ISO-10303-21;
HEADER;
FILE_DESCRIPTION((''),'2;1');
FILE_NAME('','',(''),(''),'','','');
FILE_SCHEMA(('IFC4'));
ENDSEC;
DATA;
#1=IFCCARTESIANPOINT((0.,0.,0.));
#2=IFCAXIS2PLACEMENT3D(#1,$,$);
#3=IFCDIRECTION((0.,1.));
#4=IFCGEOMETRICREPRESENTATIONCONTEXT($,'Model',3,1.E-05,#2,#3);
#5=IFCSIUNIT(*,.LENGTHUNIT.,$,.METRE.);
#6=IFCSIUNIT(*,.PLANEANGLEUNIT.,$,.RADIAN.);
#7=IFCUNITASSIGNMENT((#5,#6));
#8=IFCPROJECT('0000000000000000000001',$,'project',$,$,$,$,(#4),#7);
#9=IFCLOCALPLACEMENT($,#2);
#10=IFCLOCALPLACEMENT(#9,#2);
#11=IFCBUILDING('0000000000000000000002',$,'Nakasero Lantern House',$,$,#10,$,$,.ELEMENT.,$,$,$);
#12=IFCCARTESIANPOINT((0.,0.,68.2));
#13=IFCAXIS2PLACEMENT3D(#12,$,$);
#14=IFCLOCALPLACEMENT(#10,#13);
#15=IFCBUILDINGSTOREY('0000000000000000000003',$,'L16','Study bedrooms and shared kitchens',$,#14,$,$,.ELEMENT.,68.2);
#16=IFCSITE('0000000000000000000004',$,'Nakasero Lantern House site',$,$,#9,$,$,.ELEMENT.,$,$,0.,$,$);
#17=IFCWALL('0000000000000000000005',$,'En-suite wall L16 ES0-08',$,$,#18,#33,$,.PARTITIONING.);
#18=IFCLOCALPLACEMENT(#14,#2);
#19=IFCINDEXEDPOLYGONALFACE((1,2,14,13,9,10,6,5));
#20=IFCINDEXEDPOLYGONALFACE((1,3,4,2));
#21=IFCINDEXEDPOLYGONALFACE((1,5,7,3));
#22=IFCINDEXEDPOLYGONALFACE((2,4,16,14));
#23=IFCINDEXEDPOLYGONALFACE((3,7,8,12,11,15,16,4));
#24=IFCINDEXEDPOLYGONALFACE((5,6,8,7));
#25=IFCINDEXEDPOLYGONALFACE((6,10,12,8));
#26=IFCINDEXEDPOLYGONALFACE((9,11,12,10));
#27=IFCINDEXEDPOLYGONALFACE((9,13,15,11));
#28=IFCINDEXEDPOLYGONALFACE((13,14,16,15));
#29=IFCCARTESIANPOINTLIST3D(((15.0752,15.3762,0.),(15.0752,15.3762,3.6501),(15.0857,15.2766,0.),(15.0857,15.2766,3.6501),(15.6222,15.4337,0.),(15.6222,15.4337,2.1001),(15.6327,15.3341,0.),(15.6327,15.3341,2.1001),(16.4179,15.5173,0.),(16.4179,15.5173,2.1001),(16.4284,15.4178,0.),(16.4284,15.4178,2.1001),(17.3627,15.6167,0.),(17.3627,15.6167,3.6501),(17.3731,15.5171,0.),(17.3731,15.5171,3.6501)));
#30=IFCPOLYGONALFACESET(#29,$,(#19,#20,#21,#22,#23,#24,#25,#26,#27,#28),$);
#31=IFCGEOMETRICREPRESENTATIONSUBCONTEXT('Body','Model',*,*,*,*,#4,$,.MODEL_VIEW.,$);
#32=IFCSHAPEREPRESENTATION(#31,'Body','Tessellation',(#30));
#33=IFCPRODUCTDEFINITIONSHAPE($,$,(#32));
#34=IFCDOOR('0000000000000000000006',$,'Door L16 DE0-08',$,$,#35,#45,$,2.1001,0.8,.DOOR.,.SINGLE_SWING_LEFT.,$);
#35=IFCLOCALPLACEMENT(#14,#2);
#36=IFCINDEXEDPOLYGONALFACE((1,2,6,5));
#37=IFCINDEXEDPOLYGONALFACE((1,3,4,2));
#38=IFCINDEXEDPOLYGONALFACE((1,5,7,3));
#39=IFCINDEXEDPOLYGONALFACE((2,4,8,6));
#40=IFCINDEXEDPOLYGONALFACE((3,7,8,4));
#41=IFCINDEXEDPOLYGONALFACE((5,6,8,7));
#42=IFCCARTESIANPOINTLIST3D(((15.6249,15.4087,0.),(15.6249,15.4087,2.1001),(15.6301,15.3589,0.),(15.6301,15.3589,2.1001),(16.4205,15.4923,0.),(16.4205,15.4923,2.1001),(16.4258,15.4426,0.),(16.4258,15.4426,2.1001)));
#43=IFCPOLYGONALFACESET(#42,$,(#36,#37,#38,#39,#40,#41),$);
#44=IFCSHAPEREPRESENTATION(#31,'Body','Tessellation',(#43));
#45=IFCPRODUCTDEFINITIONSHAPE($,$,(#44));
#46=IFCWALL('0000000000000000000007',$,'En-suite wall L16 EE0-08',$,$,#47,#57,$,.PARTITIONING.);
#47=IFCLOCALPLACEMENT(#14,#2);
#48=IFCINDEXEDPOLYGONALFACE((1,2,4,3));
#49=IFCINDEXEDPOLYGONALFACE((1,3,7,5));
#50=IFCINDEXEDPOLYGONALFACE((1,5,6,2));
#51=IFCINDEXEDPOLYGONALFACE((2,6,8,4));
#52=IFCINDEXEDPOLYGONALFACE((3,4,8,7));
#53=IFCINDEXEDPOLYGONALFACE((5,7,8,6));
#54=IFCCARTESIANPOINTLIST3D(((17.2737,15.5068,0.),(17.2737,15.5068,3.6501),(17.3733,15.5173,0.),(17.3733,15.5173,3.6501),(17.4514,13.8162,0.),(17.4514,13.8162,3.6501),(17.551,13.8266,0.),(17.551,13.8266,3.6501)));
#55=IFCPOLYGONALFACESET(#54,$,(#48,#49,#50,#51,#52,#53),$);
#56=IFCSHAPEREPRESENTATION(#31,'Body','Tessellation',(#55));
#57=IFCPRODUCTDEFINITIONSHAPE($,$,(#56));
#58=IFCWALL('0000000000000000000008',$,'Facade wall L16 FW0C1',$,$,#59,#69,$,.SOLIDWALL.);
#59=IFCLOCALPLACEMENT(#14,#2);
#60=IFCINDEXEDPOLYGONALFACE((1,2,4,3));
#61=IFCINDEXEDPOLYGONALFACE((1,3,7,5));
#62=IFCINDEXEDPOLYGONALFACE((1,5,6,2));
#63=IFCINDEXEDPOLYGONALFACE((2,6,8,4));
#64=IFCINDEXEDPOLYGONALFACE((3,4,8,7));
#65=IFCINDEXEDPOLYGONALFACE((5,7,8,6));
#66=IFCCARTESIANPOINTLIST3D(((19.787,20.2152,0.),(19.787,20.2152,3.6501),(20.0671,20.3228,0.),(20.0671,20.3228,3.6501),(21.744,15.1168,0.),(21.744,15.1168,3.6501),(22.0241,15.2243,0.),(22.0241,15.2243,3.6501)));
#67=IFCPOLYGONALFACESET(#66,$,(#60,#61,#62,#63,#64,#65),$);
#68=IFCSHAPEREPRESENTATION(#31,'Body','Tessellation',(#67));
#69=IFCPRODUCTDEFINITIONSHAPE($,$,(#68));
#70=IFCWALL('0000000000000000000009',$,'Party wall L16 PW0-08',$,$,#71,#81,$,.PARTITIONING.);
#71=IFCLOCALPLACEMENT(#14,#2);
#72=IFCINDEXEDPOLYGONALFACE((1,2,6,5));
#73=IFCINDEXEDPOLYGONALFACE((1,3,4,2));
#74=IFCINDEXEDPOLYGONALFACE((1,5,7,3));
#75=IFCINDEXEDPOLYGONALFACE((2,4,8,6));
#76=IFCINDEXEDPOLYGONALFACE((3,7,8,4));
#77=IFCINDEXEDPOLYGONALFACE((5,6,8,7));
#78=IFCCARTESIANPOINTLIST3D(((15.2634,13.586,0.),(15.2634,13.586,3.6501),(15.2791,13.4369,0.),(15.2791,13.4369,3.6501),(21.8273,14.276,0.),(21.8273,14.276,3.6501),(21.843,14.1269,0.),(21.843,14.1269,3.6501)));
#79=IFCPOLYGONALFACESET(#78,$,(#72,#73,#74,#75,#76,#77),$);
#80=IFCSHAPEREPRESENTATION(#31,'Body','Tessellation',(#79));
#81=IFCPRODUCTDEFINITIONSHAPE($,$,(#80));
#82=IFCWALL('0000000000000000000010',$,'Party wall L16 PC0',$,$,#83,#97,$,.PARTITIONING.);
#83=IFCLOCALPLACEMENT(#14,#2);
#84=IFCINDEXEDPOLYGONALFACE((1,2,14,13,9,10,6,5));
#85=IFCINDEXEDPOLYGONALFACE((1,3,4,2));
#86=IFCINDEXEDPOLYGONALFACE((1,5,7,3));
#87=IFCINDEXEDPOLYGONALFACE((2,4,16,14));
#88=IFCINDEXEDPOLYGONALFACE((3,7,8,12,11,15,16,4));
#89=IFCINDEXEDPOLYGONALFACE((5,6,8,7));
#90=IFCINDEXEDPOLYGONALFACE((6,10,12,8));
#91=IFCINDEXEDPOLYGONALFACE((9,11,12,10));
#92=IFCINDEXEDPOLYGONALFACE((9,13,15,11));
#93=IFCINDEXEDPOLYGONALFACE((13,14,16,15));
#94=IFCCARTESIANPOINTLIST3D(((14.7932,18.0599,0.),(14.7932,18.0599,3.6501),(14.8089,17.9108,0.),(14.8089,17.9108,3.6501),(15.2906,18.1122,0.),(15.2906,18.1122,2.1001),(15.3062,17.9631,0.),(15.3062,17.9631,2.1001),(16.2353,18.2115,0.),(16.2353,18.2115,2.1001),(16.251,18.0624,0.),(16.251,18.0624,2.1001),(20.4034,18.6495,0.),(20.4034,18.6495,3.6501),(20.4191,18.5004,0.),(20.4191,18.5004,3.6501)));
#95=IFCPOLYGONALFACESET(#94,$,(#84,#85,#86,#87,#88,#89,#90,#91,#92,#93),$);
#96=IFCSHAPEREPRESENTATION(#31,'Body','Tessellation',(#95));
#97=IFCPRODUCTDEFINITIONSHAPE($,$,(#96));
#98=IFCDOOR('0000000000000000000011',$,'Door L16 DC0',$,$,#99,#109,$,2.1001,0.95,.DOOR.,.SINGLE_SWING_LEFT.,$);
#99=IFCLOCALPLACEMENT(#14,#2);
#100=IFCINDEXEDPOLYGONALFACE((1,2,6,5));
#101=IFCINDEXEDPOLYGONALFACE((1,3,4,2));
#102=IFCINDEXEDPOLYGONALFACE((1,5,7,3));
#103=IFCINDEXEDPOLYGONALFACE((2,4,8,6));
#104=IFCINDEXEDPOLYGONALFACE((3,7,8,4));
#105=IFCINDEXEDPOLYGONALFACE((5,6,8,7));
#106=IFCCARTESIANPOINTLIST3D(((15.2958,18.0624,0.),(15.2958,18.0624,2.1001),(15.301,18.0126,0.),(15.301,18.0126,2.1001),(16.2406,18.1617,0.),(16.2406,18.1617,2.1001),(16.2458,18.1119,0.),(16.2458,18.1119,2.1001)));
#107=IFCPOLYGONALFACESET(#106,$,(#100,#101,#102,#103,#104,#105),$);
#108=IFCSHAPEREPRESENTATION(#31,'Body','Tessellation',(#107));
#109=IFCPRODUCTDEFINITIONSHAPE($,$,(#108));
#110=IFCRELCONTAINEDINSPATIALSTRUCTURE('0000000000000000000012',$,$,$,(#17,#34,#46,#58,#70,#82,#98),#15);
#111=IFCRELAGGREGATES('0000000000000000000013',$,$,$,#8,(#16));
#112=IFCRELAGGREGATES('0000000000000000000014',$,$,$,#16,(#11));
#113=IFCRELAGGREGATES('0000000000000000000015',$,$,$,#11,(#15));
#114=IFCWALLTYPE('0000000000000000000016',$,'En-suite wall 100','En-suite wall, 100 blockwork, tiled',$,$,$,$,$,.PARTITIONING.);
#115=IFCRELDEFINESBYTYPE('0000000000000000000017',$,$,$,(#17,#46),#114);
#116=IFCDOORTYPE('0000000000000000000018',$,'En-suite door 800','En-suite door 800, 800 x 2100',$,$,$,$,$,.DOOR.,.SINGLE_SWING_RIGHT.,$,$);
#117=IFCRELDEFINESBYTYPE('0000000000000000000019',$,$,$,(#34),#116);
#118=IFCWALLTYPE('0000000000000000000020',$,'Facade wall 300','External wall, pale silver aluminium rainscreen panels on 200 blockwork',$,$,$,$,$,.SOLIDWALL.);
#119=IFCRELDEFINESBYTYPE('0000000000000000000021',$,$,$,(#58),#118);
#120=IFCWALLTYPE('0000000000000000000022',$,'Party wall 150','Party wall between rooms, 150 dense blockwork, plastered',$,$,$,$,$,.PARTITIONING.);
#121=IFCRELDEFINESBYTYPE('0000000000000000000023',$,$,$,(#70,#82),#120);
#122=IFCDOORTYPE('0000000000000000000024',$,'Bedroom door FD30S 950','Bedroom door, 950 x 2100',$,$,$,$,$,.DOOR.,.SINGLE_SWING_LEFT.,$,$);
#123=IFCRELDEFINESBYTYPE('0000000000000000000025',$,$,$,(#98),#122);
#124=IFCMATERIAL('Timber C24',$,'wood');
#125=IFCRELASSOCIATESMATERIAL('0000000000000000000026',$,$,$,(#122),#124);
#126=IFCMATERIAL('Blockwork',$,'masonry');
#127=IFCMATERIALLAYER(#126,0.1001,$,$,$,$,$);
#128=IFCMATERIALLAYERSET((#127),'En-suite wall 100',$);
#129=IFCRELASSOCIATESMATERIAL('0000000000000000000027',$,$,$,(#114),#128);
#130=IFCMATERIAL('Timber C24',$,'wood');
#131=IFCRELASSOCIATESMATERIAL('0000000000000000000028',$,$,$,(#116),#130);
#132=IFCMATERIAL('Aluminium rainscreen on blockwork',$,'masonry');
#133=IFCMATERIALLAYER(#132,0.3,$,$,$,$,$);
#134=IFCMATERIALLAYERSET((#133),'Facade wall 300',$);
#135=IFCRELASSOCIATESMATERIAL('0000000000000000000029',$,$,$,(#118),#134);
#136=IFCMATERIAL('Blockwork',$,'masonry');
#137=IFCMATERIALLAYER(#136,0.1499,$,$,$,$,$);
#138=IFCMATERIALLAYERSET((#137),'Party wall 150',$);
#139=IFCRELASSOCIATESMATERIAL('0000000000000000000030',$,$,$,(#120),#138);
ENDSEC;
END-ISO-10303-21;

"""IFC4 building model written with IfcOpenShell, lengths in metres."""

from ifc_helpers import new_model, si_unit, direction, frame, frame_2d, origin, place, context, subcontext, project, spatial, rectangle, extrude, material, layer, layer_set, type_object, element, fill, save


model = new_model("IFC4")

# Units and contexts
model_context = context("Model", 3, precision=1e-05, world=origin(), true_north=direction((0.0, 1.0)))
body_context = subcontext(model_context, "Body", "Model", "MODEL_VIEW")
ifc_project = project(units=[si_unit("LENGTHUNIT", "METRE"), si_unit("PLANEANGLEUNIT", "RADIAN")], contexts=[model_context])

# Site, building, storey
site_placement = place(None, origin())
site = spatial("IfcSite", under=ifc_project, at=site_placement, Name="Nakasero Lantern House site", CompositionType="ELEMENT", RefElevation=0.0)
building_placement = place(site_placement, origin())
building = spatial("IfcBuilding", under=site, at=building_placement, Name="Nakasero Lantern House", CompositionType="ELEMENT")
storey_placement = place(building_placement, frame((0.0, 0.0, 68.2)))
storey = spatial("IfcBuildingStorey", under=building, at=storey_placement, Name="L16", Description="Study bedrooms and shared kitchens", CompositionType="ELEMENT", Elevation=68.2)

# Shared definitions
ifc_material_1 = material(Name="Timber C24", Category="wood")
door_type_1 = type_object("IfcDoorType", Name="Bedroom door FD30S 950", Description="Bedroom door, 950 x 2100", OperationType="SINGLE_SWING_LEFT", PredefinedType="DOOR", material=ifc_material_1)

# Shared definitions
ifc_material_2 = material(Name="Blockwork", Category="masonry")
ifc_layer_1 = layer(ifc_material_2, 0.1001)
ifc_layer_set_1 = layer_set([ifc_layer_1], Name="En-suite wall 100")
wall_type_1 = type_object("IfcWallType", Name="En-suite wall 100", Description="En-suite wall, 100 blockwork, tiled", PredefinedType="PARTITIONING", material=ifc_layer_set_1)

# Wall, opening, door
wall_1_placement = place(storey_placement, frame((15.0806, 15.3264, 0.0), z_axis=(0.0, 0.0, 1.0), x_axis=(0.994519, 0.104558, 0.0)))
wall_1 = element("IfcWall", 1, at=wall_1_placement, inside=storey, type_object=wall_type_1, Name="En-suite wall L16 ES0-08", PredefinedType="PARTITIONING", context=body_context, shape_type="SweptSolid", body=[
    extrude(rectangle(XDim=2.3, YDim=0.1001, at=frame_2d((1.1499, 0.0))), origin(), (0.0, 0.0, 1.0), 3.6501),
])
opening_1_placement = place(wall_1_placement, frame((0.55, 0.0, 0.0)))
opening_1 = element("IfcOpeningElement", 2, at=opening_1_placement, cuts=wall_1, PredefinedType="OPENING", context=body_context, shape_type="SweptSolid", body=[
    extrude(rectangle(XDim=0.8, YDim=2.1001, at=frame_2d((0.3999, 1.05))), frame((0.0, 0.0701, 0.0), z_axis=(0.0, -1.0, 0.0), x_axis=(1.0, 0.0, 0.0)), (0.0, 0.0, 1.0), 0.1401),
])
ifc_material_3 = material(Name="Timber C24", Category="wood")
door_type_2 = type_object("IfcDoorType", Name="En-suite door 800", Description="En-suite door 800, 800 x 2100", OperationType="SINGLE_SWING_RIGHT", PredefinedType="DOOR", material=ifc_material_3)
door_1_placement = place(opening_1_placement, origin())
door_1 = element("IfcDoor", 3, at=door_1_placement, inside=storey, type_object=door_type_2, Name="Door L16 DE0-08", OperationType="SINGLE_SWING_LEFT", OverallHeight=2.1001, OverallWidth=0.8, PredefinedType="DOOR", context=body_context, shape_type="SweptSolid", body=[
    extrude(rectangle(XDim=0.8, YDim=2.1001, at=frame_2d((0.3999, 1.05))), frame((0.0, 0.0249, 0.0), z_axis=(0.0, -1.0, 0.0), x_axis=(1.0, 0.0, 0.0)), (0.0, 0.0, 1.0), 0.05),
])
fill(opening_1, door_1)

# Walls
wall_2_placement = place(storey_placement, frame((17.5012, 13.8213, 0.0), z_axis=(0.0, 0.0, 1.0), x_axis=(-0.10455, 0.99452, 0.0)))
element("IfcWall", 4, at=wall_2_placement, inside=storey, type_object=wall_type_1, Name="En-suite wall L16 EE0-08", PredefinedType="PARTITIONING", context=body_context, shape_type="SweptSolid", body=[
    extrude(rectangle(XDim=1.7, YDim=0.1001, at=frame_2d((0.8501, 0.0))), origin(), (0.0, 0.0, 1.0), 3.6501),
])
ifc_material_4 = material(Name="Aluminium rainscreen on blockwork", Category="masonry")
ifc_layer_2 = layer(ifc_material_4, 0.3)
ifc_layer_set_2 = layer_set([ifc_layer_2], Name="Facade wall 300")
wall_type_2 = type_object("IfcWallType", Name="Facade wall 300", Description="External wall, pale silver aluminium rainscreen panels on 200 blockwork", PredefinedType="SOLIDWALL", material=ifc_layer_set_2)
wall_3_placement = place(storey_placement, frame((21.884, 15.1707, 0.0), z_axis=(0.0, 0.0, 1.0), x_axis=(-0.358359, 0.933584, 0.0)))
element("IfcWall", 5, at=wall_3_placement, inside=storey, type_object=wall_type_2, Name="Facade wall L16 FW0C1", PredefinedType="SOLIDWALL", context=body_context, shape_type="SweptSolid", body=[
    extrude(rectangle(XDim=5.4612, YDim=0.3, at=frame_2d((2.7305, 0.0))), origin(), (0.0, 0.0, 1.0), 3.6501),
])
ifc_material_5 = material(Name="Blockwork", Category="masonry")
ifc_layer_3 = layer(ifc_material_5, 0.1499)
ifc_layer_set_3 = layer_set([ifc_layer_3], Name="Party wall 150")
wall_type_3 = type_object("IfcWallType", Name="Party wall 150", Description="Party wall between rooms, 150 dense blockwork, plastered", PredefinedType="PARTITIONING", material=ifc_layer_set_3)
wall_4_placement = place(storey_placement, frame((15.2712, 13.5115, 0.0), z_axis=(0.0, 0.0, 1.0), x_axis=(0.994521, 0.104535, 0.0)))
element("IfcWall", 6, at=wall_4_placement, inside=storey, type_object=wall_type_3, Name="Party wall L16 PW0-08", PredefinedType="PARTITIONING", context=body_context, shape_type="SweptSolid", body=[
    extrude(rectangle(XDim=6.6001, YDim=0.1499, at=frame_2d((3.3, 0.0))), origin(), (0.0, 0.0, 1.0), 3.6501),
])

# Wall, opening, door
wall_5_placement = place(storey_placement, frame((14.801, 17.9854, 0.0), z_axis=(0.0, 0.0, 1.0), x_axis=(0.994523, 0.10452, 0.0)))
wall_5 = element("IfcWall", 7, at=wall_5_placement, inside=storey, type_object=wall_type_3, Name="Party wall L16 PC0", PredefinedType="PARTITIONING", context=body_context, shape_type="SweptSolid", body=[
    extrude(rectangle(XDim=5.6411, YDim=0.1499, at=frame_2d((2.8206, 0.0))), origin(), (0.0, 0.0, 1.0), 3.6501),
])
opening_2_placement = place(wall_5_placement, frame((0.5, 0.0, 0.0)))
opening_2 = element("IfcOpeningElement", 8, at=opening_2_placement, cuts=wall_5, PredefinedType="OPENING", context=body_context, shape_type="SweptSolid", body=[
    extrude(rectangle(XDim=0.95, YDim=2.1001, at=frame_2d((0.4751, 1.05))), frame((0.0, 0.095, 0.0), z_axis=(0.0, -1.0, 0.0), x_axis=(1.0, 0.0, 0.0)), (0.0, 0.0, 1.0), 0.1899),
])
door_2_placement = place(opening_2_placement, origin())
door_2 = element("IfcDoor", 9, at=door_2_placement, inside=storey, type_object=door_type_1, Name="Door L16 DC0", OperationType="SINGLE_SWING_LEFT", OverallHeight=2.1001, OverallWidth=0.95, PredefinedType="DOOR", context=body_context, shape_type="SweptSolid", body=[
    extrude(rectangle(XDim=0.95, YDim=2.1001, at=frame_2d((0.4751, 1.05))), frame((0.0, 0.0249, 0.0), z_axis=(0.0, -1.0, 0.0), x_axis=(1.0, 0.0, 0.0)), (0.0, 0.0, 1.0), 0.05),
])
fill(opening_2, door_2)

save(model, "model.ifc")
